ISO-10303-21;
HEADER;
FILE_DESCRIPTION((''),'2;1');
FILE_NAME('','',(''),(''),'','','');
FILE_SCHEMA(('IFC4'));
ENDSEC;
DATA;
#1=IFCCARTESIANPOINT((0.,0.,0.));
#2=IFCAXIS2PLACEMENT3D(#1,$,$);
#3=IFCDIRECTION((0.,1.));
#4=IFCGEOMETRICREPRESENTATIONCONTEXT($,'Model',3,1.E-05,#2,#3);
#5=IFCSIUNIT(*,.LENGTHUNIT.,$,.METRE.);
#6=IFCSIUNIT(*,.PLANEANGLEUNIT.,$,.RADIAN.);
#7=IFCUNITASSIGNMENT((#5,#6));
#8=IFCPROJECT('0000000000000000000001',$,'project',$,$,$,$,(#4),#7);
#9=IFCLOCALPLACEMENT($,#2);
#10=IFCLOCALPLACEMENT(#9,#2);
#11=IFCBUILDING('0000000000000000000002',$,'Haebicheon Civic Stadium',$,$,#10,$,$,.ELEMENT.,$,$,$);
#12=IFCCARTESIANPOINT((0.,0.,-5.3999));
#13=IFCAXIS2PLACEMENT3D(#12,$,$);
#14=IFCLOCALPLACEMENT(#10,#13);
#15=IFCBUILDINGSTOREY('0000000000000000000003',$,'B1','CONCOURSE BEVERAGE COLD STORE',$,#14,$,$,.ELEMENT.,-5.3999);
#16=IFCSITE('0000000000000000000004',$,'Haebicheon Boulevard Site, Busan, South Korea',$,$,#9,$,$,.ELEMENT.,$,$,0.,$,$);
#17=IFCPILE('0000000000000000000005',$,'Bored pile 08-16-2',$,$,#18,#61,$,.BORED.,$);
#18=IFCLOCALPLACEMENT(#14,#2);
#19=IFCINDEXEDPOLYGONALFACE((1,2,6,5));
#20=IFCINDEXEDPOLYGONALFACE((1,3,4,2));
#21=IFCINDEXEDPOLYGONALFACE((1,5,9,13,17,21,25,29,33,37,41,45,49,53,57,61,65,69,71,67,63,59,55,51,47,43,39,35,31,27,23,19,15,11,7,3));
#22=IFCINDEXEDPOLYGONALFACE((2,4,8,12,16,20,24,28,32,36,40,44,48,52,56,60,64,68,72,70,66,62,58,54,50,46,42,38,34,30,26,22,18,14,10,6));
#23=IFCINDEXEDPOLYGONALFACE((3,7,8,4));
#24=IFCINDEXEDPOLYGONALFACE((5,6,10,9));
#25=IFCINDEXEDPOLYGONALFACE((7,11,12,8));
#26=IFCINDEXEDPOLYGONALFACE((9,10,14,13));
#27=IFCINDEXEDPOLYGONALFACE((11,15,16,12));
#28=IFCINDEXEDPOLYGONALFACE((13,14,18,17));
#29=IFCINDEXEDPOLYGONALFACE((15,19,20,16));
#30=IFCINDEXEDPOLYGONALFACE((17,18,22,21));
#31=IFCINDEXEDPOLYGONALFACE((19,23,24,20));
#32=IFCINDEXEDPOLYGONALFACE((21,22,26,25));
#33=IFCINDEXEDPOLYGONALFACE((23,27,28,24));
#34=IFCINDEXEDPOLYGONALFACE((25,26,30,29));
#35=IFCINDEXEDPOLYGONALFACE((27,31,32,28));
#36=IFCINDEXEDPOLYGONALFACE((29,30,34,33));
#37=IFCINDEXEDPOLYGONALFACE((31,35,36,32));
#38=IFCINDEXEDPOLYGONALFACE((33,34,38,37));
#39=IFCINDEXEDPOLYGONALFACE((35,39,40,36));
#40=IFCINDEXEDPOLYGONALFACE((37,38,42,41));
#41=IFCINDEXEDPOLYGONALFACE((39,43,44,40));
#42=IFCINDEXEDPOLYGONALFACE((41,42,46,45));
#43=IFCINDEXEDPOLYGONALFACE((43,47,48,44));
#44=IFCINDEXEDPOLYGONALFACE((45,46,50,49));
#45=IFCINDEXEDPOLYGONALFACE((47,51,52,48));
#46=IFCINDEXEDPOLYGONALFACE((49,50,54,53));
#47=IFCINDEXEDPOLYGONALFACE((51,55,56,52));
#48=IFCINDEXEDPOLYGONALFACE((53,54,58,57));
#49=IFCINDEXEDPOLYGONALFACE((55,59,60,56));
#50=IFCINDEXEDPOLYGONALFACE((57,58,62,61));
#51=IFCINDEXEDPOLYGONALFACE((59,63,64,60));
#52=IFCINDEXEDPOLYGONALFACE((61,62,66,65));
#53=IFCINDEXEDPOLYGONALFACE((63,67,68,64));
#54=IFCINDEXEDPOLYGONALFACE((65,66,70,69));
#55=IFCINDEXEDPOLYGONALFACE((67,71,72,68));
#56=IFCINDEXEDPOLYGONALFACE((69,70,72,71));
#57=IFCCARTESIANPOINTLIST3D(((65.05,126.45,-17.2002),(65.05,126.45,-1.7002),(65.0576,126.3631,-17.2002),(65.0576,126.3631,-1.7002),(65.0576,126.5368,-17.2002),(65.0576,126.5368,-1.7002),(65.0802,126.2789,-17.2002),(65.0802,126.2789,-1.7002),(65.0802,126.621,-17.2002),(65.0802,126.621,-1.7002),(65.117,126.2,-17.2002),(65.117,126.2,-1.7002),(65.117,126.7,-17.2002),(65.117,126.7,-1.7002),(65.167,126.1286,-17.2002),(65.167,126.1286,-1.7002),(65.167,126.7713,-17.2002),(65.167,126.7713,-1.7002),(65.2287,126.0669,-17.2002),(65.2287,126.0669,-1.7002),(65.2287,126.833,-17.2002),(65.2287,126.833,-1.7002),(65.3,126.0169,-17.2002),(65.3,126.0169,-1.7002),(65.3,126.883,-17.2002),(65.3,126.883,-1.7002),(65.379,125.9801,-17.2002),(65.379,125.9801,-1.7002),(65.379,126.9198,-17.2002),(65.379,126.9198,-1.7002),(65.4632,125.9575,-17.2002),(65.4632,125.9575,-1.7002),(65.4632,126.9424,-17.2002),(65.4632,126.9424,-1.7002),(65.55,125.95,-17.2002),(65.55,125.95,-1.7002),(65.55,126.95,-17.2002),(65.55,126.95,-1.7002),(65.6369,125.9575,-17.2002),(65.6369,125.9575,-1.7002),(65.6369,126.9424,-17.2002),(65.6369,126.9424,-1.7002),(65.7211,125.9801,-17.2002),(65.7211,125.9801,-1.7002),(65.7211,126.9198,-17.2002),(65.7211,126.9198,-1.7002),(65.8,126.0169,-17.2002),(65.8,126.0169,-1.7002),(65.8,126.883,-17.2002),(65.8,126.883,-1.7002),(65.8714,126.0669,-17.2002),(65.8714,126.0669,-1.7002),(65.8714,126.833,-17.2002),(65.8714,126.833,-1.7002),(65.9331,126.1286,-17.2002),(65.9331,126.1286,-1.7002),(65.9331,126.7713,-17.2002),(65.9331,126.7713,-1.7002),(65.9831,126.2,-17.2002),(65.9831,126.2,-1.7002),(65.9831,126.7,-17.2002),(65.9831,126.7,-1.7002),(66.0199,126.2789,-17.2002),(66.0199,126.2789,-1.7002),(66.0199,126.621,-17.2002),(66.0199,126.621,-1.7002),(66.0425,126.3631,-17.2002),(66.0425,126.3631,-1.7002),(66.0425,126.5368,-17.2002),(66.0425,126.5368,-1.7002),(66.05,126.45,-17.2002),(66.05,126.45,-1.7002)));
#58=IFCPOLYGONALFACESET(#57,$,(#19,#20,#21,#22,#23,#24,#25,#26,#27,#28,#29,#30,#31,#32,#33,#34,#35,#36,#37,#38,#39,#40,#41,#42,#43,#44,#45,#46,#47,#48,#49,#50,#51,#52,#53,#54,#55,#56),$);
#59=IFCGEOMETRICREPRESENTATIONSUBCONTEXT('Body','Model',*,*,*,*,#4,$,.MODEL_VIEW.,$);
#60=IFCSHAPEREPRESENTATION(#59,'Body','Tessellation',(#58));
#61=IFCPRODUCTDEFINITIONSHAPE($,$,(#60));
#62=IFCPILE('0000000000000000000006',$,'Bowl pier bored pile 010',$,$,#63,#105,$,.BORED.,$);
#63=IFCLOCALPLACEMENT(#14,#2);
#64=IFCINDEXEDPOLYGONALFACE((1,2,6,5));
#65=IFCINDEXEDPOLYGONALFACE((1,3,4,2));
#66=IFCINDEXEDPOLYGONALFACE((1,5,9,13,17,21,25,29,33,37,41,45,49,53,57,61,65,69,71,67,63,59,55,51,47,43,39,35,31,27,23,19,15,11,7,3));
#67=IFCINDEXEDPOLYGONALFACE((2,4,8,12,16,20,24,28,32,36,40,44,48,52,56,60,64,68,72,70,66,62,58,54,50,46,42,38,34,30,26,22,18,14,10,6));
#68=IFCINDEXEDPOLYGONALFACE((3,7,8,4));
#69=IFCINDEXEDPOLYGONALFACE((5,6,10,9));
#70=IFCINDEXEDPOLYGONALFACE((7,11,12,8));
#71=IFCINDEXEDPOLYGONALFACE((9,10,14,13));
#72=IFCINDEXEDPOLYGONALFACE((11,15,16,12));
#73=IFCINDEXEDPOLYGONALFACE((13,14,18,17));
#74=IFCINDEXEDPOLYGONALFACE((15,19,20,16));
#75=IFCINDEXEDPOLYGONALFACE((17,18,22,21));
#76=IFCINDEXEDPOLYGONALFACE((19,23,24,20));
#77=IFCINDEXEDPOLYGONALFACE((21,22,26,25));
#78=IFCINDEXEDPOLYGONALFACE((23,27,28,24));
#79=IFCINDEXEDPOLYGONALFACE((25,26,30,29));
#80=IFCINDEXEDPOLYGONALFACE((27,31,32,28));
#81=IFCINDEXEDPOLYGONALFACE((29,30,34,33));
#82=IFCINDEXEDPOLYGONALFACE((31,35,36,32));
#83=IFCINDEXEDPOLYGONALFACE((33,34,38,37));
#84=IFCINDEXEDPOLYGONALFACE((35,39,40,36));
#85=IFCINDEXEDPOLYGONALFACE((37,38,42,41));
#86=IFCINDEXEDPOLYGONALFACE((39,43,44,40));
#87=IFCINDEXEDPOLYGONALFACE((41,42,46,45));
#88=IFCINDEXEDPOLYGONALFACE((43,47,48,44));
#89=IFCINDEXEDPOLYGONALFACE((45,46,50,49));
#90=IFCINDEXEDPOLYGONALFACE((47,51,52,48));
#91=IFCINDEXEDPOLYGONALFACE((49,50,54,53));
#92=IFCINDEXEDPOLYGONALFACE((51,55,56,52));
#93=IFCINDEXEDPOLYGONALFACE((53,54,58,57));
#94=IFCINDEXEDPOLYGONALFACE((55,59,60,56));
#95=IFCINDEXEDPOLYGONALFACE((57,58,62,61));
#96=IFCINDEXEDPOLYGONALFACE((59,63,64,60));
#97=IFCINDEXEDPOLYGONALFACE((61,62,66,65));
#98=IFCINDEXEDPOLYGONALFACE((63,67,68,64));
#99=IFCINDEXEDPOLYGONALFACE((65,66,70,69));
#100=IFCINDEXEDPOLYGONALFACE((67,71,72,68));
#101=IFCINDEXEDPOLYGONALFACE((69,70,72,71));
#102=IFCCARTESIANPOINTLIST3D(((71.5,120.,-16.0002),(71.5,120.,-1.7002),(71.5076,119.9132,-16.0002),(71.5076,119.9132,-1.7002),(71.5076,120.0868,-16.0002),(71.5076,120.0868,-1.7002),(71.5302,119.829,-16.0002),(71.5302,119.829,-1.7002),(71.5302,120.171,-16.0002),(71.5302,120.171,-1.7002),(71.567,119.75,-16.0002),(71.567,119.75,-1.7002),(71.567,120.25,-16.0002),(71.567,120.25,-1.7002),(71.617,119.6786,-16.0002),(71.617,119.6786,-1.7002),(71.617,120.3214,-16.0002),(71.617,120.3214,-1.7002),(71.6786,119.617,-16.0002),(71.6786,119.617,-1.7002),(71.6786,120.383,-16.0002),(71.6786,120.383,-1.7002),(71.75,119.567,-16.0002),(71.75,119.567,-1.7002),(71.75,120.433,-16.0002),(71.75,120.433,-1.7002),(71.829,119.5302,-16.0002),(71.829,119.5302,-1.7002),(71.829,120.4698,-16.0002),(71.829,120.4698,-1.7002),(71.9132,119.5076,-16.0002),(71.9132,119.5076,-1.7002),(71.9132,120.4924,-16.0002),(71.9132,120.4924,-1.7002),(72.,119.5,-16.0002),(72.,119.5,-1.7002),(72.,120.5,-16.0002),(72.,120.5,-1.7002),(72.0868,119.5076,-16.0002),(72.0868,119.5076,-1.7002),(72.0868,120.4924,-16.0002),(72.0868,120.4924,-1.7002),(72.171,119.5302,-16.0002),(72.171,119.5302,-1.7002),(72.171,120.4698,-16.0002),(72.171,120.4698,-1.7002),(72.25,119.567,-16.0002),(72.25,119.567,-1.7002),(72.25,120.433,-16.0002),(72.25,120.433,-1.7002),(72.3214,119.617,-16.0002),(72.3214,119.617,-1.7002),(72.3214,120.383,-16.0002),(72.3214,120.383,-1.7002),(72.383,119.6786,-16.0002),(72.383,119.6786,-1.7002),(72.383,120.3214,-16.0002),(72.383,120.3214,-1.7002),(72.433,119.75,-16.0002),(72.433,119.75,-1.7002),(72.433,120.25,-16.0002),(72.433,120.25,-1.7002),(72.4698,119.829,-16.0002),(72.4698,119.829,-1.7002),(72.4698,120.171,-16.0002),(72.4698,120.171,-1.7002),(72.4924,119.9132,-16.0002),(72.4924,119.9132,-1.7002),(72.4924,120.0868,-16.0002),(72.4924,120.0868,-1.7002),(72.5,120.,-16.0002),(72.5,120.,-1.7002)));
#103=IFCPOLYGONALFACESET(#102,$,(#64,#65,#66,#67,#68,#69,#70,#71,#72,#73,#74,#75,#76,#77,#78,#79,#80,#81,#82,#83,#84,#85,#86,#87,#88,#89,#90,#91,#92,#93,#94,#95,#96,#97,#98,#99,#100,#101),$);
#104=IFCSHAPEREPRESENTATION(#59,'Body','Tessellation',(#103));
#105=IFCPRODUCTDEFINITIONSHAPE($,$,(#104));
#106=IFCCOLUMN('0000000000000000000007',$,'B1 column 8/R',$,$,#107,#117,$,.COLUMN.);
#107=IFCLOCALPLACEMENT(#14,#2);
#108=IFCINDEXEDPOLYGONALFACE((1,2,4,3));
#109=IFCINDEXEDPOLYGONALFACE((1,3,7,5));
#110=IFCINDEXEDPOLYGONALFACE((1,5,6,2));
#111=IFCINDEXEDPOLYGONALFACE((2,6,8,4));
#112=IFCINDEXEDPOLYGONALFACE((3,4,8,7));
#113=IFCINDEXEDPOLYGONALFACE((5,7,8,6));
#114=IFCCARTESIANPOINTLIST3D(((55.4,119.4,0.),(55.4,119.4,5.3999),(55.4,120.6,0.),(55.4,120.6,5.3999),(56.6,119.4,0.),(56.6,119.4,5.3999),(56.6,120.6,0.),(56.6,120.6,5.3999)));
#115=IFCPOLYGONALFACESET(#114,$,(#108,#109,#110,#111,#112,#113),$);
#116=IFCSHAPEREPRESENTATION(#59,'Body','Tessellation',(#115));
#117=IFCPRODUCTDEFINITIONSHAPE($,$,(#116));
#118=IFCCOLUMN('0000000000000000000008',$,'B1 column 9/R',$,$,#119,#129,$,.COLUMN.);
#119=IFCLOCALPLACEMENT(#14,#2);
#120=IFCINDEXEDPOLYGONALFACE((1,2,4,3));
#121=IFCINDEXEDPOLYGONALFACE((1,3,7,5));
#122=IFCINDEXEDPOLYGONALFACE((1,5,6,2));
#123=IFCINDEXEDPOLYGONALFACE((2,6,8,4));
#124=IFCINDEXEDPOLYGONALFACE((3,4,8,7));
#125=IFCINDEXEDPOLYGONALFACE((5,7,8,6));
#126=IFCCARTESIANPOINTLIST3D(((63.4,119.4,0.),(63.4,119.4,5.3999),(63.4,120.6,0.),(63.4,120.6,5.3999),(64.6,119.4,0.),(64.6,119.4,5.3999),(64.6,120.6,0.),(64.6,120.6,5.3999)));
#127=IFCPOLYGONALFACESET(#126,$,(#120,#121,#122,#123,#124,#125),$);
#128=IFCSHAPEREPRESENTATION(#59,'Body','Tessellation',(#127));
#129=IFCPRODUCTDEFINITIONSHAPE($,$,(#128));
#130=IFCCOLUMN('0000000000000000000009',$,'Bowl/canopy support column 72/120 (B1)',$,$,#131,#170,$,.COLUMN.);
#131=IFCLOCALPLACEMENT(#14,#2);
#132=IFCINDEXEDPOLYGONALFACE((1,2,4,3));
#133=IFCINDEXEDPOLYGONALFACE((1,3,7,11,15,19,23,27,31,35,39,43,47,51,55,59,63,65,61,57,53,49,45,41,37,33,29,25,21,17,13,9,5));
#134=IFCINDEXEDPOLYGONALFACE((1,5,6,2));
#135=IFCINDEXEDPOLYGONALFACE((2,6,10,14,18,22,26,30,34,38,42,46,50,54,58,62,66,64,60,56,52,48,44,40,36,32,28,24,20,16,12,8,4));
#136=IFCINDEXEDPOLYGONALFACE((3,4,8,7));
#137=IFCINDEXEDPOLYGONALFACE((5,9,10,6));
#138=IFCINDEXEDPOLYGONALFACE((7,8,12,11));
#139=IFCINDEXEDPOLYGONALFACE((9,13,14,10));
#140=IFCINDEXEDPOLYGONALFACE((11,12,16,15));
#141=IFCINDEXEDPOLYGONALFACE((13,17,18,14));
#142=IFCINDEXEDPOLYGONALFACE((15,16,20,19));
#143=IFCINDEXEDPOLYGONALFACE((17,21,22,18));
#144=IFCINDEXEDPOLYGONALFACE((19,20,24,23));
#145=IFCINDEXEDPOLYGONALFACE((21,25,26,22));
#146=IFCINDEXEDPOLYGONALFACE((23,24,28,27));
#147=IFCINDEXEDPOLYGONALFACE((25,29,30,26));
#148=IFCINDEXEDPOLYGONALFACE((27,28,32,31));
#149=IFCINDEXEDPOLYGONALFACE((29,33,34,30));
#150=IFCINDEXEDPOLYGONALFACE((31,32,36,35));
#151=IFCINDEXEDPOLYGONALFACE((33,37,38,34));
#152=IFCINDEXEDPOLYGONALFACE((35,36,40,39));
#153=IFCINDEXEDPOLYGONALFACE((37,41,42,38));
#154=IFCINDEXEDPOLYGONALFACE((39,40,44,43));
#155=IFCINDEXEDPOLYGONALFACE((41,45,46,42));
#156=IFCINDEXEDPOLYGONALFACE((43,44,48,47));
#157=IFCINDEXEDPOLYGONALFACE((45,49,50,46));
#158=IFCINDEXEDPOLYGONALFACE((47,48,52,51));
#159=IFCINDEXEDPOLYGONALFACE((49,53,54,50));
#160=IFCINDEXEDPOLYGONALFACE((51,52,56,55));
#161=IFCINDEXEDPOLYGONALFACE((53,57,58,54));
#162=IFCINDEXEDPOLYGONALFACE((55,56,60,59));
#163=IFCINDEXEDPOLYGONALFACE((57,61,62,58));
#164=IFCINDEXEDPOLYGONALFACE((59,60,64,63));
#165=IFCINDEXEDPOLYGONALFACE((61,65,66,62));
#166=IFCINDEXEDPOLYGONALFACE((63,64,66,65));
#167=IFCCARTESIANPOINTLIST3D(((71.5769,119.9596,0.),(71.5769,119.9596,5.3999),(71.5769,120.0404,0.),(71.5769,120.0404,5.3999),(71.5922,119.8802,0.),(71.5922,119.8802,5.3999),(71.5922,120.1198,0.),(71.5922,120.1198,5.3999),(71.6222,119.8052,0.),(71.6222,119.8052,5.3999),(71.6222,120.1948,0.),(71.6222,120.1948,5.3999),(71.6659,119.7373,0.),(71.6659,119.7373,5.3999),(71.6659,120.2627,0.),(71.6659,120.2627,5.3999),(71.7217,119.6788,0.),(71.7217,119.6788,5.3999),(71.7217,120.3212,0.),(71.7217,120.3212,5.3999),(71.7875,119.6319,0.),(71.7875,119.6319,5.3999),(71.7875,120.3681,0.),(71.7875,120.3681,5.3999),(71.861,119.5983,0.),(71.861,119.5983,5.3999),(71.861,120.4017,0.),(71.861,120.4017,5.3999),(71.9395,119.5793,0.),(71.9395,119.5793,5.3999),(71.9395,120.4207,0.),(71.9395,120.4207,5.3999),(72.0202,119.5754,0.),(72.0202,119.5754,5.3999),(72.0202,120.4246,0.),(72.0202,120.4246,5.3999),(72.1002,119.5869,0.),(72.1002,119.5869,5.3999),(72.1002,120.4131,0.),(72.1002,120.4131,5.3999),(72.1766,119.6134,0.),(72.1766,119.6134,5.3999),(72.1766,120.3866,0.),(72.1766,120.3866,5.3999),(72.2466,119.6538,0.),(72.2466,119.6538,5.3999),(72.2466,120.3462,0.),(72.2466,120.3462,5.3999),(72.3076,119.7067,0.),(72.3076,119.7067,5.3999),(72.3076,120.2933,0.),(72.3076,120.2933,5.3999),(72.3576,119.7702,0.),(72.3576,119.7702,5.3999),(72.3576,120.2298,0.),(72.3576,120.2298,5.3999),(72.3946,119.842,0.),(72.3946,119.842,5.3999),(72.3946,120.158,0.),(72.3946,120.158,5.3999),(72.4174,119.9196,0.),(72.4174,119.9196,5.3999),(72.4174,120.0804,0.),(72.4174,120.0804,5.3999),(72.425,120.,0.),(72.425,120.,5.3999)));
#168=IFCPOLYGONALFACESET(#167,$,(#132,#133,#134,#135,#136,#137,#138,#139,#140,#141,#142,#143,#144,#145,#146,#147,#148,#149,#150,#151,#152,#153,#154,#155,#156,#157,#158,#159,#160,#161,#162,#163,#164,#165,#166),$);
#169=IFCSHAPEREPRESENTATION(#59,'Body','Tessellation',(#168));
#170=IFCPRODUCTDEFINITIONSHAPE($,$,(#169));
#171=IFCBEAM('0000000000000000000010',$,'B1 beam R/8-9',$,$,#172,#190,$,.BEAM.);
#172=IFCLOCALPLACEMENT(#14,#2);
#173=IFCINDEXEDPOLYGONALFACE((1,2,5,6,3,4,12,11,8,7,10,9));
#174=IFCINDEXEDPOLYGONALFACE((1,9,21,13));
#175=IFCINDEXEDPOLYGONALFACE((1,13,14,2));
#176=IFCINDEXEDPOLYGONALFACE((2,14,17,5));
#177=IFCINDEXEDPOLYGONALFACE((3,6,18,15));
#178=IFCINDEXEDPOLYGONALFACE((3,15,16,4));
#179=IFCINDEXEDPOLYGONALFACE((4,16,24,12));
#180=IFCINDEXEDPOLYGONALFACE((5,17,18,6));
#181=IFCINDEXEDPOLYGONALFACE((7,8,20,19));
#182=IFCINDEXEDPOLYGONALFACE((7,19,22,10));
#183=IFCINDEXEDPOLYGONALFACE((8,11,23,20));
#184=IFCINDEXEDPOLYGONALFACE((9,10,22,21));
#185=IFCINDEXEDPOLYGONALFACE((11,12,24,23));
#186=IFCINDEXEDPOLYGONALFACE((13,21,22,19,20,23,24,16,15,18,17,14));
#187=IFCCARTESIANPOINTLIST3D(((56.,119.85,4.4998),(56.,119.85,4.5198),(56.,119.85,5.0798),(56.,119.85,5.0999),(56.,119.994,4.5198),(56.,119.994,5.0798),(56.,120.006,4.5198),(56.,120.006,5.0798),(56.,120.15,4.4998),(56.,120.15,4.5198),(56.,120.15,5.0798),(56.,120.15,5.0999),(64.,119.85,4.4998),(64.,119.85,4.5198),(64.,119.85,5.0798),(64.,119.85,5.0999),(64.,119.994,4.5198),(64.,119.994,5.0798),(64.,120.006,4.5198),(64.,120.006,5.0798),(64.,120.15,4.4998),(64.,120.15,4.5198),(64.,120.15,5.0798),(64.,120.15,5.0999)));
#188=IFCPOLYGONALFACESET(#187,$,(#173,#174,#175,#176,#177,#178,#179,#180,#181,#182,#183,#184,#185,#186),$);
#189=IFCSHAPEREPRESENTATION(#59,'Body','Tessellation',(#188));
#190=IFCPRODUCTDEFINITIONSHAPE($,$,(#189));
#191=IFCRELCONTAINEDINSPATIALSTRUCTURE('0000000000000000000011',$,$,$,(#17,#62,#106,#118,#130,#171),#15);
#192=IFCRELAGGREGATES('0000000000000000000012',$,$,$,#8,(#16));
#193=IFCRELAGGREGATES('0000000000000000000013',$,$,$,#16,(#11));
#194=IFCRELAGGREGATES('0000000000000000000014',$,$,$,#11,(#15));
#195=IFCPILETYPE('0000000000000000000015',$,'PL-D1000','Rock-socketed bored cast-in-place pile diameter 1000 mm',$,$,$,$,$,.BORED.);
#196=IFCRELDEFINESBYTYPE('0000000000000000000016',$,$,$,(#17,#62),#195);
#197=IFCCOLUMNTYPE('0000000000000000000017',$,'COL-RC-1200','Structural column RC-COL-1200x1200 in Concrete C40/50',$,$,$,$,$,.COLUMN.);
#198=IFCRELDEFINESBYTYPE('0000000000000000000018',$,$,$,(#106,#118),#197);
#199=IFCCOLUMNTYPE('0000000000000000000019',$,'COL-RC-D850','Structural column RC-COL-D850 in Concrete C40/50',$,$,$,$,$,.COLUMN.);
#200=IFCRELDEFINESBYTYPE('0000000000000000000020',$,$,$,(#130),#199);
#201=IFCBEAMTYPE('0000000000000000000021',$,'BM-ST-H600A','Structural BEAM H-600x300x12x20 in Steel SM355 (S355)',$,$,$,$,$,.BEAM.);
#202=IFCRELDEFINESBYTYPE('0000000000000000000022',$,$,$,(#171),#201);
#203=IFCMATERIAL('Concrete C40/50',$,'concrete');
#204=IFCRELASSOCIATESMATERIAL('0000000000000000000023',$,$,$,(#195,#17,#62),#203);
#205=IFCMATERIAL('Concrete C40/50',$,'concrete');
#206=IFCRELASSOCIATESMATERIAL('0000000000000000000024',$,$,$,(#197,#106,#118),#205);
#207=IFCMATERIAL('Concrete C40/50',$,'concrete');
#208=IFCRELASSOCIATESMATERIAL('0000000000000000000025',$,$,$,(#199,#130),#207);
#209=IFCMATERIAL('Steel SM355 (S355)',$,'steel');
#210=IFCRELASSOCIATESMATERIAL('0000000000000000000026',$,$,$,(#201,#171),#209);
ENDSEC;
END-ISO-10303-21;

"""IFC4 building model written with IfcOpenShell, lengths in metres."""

from ifc_helpers import new_model, si_unit, direction, frame, origin, origin_2d, place, context, subcontext, project, spatial, rectangle, circle, i_section, extrude, material, material_profile, profile_set, type_object, element, save


model = new_model("IFC4")

# Units and contexts
model_context = context("Model", 3, precision=1e-05, world=origin(), true_north=direction((0.0, 1.0)))
body_context = subcontext(model_context, "Body", "Model", "MODEL_VIEW")
ifc_project = project(units=[si_unit("LENGTHUNIT", "METRE"), si_unit("PLANEANGLEUNIT", "RADIAN")], contexts=[model_context])

# Site, building, storey
site_placement = place(None, origin())
site = spatial("IfcSite", under=ifc_project, at=site_placement, Name="Haebicheon Boulevard Site, Busan, South Korea", CompositionType="ELEMENT", RefElevation=0.0)
building_placement = place(site_placement, origin())
building = spatial("IfcBuilding", under=site, at=building_placement, Name="Haebicheon Civic Stadium", CompositionType="ELEMENT")
storey_placement = place(building_placement, frame((0.0, 0.0, -5.3999)))
storey = spatial("IfcBuildingStorey", under=building, at=storey_placement, Name="B1", Description="CONCOURSE BEVERAGE COLD STORE", CompositionType="ELEMENT", Elevation=-5.3999)

# Piles
ifc_material_1 = material(Name="Concrete C40/50", Category="concrete")
ifc_material_profile_1 = material_profile(ifc_material_1, circle(Radius=0.5, at=origin_2d()), Name="PILE-D1000")
ifc_profile_set_1 = profile_set([ifc_material_profile_1], Name="Concrete C40/50")
pile_type = type_object("IfcPileType", Name="PL-D1000", Description="Rock-socketed bored cast-in-place pile diameter 1000 mm", PredefinedType="BORED", material=ifc_profile_set_1)
for number, where, z_axis, x_axis, name in (
    (1, (65.55, 126.45, -1.7002), (0.0, 0.0, -1.0), (1.0, 0.0, 0.0), "Bored pile 08-16-2"),
):
    element("IfcPile", number, at=place(storey_placement, frame(where, z_axis=z_axis, x_axis=x_axis)), inside=storey, type_object=pile_type, material=ifc_profile_set_1, Name=name, PredefinedType="BORED", context=body_context, shape_type="SweptSolid", body=[
        extrude(circle(Radius=0.5, at=origin_2d()), origin(), (0.0, 0.0, 1.0), 15.5),
    ])
pile_placement = place(storey_placement, frame((72.0, 120.0, -1.7002), z_axis=(0.0, 0.0, -1.0), x_axis=(1.0, 0.0, 0.0)))
element("IfcPile", 2, at=pile_placement, inside=storey, type_object=pile_type, material=ifc_profile_set_1, Name="Bowl pier bored pile 010", PredefinedType="BORED", context=body_context, shape_type="SweptSolid", body=[
    extrude(circle(Radius=0.5, at=origin_2d()), origin(), (0.0, 0.0, 1.0), 14.3),
])

# Columns
ifc_material_2 = material(Name="Concrete C40/50", Category="concrete")
ifc_material_profile_2 = material_profile(ifc_material_2, rectangle(XDim=1.2, YDim=1.2, at=origin_2d()), Name="RC-COL-1200x1200")
ifc_profile_set_2 = profile_set([ifc_material_profile_2], Name="Concrete C40/50")
column_type_1 = type_object("IfcColumnType", Name="COL-RC-1200", Description="Structural column RC-COL-1200x1200 in Concrete C40/50", PredefinedType="COLUMN", material=ifc_profile_set_2)
for number, where, z_axis, x_axis, name in (
    (3, (56.0, 120.0, 0.0), (0.0, 0.0, 1.0), (1.0, 0.0, 0.0), "B1 column 8/R"),
    (4, (64.0, 120.0, 0.0), (0.0, 0.0, 1.0), (1.0, 0.0, 0.0), "B1 column 9/R"),
):
    element("IfcColumn", number, at=place(storey_placement, frame(where, z_axis=z_axis, x_axis=x_axis)), inside=storey, type_object=column_type_1, material=ifc_profile_set_2, Name=name, PredefinedType="COLUMN", context=body_context, shape_type="SweptSolid", body=[
        extrude(rectangle(XDim=1.2, YDim=1.2, at=origin_2d()), origin(), (0.0, 0.0, 1.0), 5.3999),
    ])
ifc_material_3 = material(Name="Concrete C40/50", Category="concrete")
ifc_material_profile_3 = material_profile(ifc_material_3, circle(Radius=0.425, at=origin_2d()), Name="RC-COL-D850")
ifc_profile_set_3 = profile_set([ifc_material_profile_3], Name="Concrete C40/50")
column_type_2 = type_object("IfcColumnType", Name="COL-RC-D850", Description="Structural column RC-COL-D850 in Concrete C40/50", PredefinedType="COLUMN", material=ifc_profile_set_3)
column_placement = place(storey_placement, frame((72.0, 120.0, 0.0), z_axis=(0.0, 0.0, 1.0), x_axis=(1.0, 0.0, 0.0)))
element("IfcColumn", 5, at=column_placement, inside=storey, type_object=column_type_2, material=ifc_profile_set_3, Name="Bowl/canopy support column 72/120 (B1)", PredefinedType="COLUMN", context=body_context, shape_type="SweptSolid", body=[
    extrude(circle(Radius=0.425, at=origin_2d()), origin(), (0.0, 0.0, 1.0), 5.3999),
])

# Beam
ifc_material_4 = material(Name="Steel SM355 (S355)", Category="steel")
ifc_material_profile_4 = material_profile(ifc_material_4, i_section(OverallWidth=0.3, OverallDepth=0.6001, WebThickness=0.012, FlangeThickness=0.02, at=origin_2d()), Name="H-600x300x12x20")
ifc_profile_set_4 = profile_set([ifc_material_profile_4], Name="Steel SM355 (S355)")
beam_type_1 = type_object("IfcBeamType", Name="BM-ST-H600A", Description="Structural BEAM H-600x300x12x20 in Steel SM355 (S355)", PredefinedType="BEAM", material=ifc_profile_set_4)
beam_1_placement = place(storey_placement, frame((56.0, 120.0, 4.7998), z_axis=(1.0, 0.0, 0.0), x_axis=(0.0, 1.0, 0.0)))
element("IfcBeam", 6, at=beam_1_placement, inside=storey, type_object=beam_type_1, material=ifc_profile_set_4, Name="B1 beam R/8-9", PredefinedType="BEAM", context=body_context, shape_type="SweptSolid", body=[
    extrude(i_section(OverallWidth=0.3, OverallDepth=0.6001, WebThickness=0.012, FlangeThickness=0.02, at=origin_2d()), origin(), (0.0, 0.0, 1.0), 8.0),
])

save(model, "model.ifc")
